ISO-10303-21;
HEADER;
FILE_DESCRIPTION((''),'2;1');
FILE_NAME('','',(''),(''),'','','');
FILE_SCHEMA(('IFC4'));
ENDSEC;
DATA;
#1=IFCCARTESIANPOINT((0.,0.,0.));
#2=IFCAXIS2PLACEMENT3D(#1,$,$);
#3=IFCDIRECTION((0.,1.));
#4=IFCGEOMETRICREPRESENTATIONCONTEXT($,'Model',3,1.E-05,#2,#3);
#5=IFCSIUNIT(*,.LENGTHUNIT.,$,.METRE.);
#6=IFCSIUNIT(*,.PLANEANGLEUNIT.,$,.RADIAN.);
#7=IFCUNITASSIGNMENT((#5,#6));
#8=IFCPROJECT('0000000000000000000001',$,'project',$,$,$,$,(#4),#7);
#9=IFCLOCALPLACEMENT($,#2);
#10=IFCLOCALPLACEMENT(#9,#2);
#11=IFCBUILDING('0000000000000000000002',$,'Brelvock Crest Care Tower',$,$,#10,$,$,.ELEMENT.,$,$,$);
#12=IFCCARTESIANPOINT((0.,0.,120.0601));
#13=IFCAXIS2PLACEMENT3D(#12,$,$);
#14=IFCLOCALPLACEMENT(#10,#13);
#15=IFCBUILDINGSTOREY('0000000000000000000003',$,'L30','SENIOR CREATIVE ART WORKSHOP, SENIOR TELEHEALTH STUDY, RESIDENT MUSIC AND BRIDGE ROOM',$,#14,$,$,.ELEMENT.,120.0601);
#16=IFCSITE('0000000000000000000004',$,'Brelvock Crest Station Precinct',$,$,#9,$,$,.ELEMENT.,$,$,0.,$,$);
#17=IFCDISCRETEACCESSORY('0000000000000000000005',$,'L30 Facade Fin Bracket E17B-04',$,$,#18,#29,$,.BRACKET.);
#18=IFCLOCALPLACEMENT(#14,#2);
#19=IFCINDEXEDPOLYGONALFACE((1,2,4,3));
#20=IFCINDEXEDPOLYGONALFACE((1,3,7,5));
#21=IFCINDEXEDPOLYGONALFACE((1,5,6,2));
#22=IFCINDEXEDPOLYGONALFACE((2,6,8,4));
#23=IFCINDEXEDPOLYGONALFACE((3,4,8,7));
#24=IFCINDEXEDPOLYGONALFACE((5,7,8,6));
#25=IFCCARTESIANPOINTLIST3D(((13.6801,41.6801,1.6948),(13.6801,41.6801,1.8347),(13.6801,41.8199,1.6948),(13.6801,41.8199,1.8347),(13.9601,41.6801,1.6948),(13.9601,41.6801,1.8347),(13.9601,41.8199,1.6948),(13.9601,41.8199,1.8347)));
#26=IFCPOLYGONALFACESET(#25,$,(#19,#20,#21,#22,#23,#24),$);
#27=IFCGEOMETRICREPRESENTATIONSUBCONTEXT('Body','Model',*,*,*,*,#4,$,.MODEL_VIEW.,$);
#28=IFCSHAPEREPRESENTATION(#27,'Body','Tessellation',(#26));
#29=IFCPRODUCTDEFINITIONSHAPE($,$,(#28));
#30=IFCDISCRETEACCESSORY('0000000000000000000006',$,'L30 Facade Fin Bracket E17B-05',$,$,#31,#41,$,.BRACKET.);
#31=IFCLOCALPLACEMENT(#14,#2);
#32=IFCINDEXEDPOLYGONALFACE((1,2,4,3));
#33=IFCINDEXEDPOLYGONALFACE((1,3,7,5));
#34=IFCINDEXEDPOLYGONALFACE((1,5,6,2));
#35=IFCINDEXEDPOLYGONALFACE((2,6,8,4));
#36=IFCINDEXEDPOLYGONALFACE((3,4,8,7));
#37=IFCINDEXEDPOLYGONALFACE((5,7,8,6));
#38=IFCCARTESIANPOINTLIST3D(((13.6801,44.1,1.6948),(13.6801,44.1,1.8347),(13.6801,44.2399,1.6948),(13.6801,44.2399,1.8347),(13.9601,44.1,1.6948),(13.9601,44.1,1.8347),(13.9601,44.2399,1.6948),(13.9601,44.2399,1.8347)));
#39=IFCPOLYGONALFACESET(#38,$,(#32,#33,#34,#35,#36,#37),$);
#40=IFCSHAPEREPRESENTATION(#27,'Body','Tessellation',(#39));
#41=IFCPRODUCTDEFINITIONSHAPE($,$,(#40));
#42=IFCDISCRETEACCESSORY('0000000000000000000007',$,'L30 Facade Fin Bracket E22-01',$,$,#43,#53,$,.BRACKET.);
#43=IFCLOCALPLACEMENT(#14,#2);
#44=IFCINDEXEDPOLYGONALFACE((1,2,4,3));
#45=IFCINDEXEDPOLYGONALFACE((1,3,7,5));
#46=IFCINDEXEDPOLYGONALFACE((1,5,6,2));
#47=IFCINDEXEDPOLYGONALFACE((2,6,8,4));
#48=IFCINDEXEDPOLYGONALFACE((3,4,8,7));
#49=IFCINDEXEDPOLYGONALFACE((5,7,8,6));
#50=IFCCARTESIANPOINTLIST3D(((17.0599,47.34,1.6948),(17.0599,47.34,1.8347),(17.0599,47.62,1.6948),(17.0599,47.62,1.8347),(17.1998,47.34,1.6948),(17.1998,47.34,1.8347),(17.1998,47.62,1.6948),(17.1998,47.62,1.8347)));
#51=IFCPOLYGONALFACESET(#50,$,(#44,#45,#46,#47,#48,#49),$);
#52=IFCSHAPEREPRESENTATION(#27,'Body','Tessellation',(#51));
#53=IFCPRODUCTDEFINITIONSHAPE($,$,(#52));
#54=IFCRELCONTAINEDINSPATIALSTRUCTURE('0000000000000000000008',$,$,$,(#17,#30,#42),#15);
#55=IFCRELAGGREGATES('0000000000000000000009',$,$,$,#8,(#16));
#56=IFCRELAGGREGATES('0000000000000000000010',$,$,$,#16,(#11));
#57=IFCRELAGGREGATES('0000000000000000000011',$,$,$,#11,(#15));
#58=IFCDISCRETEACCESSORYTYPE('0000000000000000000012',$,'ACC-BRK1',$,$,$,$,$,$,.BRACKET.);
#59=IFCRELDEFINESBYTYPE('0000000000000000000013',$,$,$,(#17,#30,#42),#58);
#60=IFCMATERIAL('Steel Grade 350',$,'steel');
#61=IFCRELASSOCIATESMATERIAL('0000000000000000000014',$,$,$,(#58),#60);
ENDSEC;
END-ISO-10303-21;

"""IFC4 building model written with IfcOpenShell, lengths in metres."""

from ifc_helpers import new_model, si_unit, direction, frame, origin, origin_2d, place, context, subcontext, project, spatial, rectangle, extrude, source, transform, mapped, material, type_object, element, save


model = new_model("IFC4")

# Units and contexts
model_context = context("Model", 3, precision=1e-05, world=origin(), true_north=direction((0.0, 1.0)))
body_context = subcontext(model_context, "Body", "Model", "MODEL_VIEW")
ifc_project = project(units=[si_unit("LENGTHUNIT", "METRE"), si_unit("PLANEANGLEUNIT", "RADIAN")], contexts=[model_context])

# Site, building, storey
site_placement = place(None, origin())
site = spatial("IfcSite", under=ifc_project, at=site_placement, Name="Brelvock Crest Station Precinct", CompositionType="ELEMENT", RefElevation=0.0)
building_placement = place(site_placement, origin())
building = spatial("IfcBuilding", under=site, at=building_placement, Name="Brelvock Crest Care Tower", CompositionType="ELEMENT")
storey_placement = place(building_placement, frame((0.0, 0.0, 120.0601)))
storey = spatial("IfcBuildingStorey", under=building, at=storey_placement, Name="L30", Description="SENIOR CREATIVE ART WORKSHOP, SENIOR TELEHEALTH STUDY, RESIDENT MUSIC AND BRIDGE ROOM", CompositionType="ELEMENT", Elevation=120.0601)

# Discrete accessories
ifc_material_1 = material(Name="Steel Grade 350", Category="steel")
discrete_accessory_type = type_object("IfcDiscreteAccessoryType", Name="ACC-BRK1", PredefinedType="BRACKET", material=ifc_material_1)
shared_shape_1 = source(origin(), body_context, "Body", "SweptSolid", [
    extrude(rectangle(XDim=0.28, YDim=0.1399, at=origin_2d()), origin(), (0.0, 0.0, 1.0), 0.1399),
])
for number, where, z_axis, x_axis, name in (
    (1, (13.8201, 41.75, 1.6948), (0.0, 0.0, 1.0), (-1.0, 0.0, 0.0), "L30 Facade Fin Bracket E17B-04"),
    (2, (13.8201, 44.1699, 1.6948), (0.0, 0.0, 1.0), (-1.0, 0.0, 0.0), "L30 Facade Fin Bracket E17B-05"),
    (3, (17.1299, 47.48, 1.6948), (0.0, 0.0, 1.0), (0.0, 1.0, 0.0), "L30 Facade Fin Bracket E22-01"),
):
    element("IfcDiscreteAccessory", number, at=place(storey_placement, frame(where, z_axis=z_axis, x_axis=x_axis)), inside=storey, type_object=discrete_accessory_type, Name=name, PredefinedType="BRACKET", context=body_context, shape_type="MappedRepresentation", body=[
        mapped(shared_shape_1, transform((0.0, 0.0, 0.0), x_axis=(1.0, 0.0, 0.0), y_axis=(0.0, 1.0, 0.0), z_axis=(0.0, 0.0, 1.0), scale=1.0)),
    ])

save(model, "model.ifc")
